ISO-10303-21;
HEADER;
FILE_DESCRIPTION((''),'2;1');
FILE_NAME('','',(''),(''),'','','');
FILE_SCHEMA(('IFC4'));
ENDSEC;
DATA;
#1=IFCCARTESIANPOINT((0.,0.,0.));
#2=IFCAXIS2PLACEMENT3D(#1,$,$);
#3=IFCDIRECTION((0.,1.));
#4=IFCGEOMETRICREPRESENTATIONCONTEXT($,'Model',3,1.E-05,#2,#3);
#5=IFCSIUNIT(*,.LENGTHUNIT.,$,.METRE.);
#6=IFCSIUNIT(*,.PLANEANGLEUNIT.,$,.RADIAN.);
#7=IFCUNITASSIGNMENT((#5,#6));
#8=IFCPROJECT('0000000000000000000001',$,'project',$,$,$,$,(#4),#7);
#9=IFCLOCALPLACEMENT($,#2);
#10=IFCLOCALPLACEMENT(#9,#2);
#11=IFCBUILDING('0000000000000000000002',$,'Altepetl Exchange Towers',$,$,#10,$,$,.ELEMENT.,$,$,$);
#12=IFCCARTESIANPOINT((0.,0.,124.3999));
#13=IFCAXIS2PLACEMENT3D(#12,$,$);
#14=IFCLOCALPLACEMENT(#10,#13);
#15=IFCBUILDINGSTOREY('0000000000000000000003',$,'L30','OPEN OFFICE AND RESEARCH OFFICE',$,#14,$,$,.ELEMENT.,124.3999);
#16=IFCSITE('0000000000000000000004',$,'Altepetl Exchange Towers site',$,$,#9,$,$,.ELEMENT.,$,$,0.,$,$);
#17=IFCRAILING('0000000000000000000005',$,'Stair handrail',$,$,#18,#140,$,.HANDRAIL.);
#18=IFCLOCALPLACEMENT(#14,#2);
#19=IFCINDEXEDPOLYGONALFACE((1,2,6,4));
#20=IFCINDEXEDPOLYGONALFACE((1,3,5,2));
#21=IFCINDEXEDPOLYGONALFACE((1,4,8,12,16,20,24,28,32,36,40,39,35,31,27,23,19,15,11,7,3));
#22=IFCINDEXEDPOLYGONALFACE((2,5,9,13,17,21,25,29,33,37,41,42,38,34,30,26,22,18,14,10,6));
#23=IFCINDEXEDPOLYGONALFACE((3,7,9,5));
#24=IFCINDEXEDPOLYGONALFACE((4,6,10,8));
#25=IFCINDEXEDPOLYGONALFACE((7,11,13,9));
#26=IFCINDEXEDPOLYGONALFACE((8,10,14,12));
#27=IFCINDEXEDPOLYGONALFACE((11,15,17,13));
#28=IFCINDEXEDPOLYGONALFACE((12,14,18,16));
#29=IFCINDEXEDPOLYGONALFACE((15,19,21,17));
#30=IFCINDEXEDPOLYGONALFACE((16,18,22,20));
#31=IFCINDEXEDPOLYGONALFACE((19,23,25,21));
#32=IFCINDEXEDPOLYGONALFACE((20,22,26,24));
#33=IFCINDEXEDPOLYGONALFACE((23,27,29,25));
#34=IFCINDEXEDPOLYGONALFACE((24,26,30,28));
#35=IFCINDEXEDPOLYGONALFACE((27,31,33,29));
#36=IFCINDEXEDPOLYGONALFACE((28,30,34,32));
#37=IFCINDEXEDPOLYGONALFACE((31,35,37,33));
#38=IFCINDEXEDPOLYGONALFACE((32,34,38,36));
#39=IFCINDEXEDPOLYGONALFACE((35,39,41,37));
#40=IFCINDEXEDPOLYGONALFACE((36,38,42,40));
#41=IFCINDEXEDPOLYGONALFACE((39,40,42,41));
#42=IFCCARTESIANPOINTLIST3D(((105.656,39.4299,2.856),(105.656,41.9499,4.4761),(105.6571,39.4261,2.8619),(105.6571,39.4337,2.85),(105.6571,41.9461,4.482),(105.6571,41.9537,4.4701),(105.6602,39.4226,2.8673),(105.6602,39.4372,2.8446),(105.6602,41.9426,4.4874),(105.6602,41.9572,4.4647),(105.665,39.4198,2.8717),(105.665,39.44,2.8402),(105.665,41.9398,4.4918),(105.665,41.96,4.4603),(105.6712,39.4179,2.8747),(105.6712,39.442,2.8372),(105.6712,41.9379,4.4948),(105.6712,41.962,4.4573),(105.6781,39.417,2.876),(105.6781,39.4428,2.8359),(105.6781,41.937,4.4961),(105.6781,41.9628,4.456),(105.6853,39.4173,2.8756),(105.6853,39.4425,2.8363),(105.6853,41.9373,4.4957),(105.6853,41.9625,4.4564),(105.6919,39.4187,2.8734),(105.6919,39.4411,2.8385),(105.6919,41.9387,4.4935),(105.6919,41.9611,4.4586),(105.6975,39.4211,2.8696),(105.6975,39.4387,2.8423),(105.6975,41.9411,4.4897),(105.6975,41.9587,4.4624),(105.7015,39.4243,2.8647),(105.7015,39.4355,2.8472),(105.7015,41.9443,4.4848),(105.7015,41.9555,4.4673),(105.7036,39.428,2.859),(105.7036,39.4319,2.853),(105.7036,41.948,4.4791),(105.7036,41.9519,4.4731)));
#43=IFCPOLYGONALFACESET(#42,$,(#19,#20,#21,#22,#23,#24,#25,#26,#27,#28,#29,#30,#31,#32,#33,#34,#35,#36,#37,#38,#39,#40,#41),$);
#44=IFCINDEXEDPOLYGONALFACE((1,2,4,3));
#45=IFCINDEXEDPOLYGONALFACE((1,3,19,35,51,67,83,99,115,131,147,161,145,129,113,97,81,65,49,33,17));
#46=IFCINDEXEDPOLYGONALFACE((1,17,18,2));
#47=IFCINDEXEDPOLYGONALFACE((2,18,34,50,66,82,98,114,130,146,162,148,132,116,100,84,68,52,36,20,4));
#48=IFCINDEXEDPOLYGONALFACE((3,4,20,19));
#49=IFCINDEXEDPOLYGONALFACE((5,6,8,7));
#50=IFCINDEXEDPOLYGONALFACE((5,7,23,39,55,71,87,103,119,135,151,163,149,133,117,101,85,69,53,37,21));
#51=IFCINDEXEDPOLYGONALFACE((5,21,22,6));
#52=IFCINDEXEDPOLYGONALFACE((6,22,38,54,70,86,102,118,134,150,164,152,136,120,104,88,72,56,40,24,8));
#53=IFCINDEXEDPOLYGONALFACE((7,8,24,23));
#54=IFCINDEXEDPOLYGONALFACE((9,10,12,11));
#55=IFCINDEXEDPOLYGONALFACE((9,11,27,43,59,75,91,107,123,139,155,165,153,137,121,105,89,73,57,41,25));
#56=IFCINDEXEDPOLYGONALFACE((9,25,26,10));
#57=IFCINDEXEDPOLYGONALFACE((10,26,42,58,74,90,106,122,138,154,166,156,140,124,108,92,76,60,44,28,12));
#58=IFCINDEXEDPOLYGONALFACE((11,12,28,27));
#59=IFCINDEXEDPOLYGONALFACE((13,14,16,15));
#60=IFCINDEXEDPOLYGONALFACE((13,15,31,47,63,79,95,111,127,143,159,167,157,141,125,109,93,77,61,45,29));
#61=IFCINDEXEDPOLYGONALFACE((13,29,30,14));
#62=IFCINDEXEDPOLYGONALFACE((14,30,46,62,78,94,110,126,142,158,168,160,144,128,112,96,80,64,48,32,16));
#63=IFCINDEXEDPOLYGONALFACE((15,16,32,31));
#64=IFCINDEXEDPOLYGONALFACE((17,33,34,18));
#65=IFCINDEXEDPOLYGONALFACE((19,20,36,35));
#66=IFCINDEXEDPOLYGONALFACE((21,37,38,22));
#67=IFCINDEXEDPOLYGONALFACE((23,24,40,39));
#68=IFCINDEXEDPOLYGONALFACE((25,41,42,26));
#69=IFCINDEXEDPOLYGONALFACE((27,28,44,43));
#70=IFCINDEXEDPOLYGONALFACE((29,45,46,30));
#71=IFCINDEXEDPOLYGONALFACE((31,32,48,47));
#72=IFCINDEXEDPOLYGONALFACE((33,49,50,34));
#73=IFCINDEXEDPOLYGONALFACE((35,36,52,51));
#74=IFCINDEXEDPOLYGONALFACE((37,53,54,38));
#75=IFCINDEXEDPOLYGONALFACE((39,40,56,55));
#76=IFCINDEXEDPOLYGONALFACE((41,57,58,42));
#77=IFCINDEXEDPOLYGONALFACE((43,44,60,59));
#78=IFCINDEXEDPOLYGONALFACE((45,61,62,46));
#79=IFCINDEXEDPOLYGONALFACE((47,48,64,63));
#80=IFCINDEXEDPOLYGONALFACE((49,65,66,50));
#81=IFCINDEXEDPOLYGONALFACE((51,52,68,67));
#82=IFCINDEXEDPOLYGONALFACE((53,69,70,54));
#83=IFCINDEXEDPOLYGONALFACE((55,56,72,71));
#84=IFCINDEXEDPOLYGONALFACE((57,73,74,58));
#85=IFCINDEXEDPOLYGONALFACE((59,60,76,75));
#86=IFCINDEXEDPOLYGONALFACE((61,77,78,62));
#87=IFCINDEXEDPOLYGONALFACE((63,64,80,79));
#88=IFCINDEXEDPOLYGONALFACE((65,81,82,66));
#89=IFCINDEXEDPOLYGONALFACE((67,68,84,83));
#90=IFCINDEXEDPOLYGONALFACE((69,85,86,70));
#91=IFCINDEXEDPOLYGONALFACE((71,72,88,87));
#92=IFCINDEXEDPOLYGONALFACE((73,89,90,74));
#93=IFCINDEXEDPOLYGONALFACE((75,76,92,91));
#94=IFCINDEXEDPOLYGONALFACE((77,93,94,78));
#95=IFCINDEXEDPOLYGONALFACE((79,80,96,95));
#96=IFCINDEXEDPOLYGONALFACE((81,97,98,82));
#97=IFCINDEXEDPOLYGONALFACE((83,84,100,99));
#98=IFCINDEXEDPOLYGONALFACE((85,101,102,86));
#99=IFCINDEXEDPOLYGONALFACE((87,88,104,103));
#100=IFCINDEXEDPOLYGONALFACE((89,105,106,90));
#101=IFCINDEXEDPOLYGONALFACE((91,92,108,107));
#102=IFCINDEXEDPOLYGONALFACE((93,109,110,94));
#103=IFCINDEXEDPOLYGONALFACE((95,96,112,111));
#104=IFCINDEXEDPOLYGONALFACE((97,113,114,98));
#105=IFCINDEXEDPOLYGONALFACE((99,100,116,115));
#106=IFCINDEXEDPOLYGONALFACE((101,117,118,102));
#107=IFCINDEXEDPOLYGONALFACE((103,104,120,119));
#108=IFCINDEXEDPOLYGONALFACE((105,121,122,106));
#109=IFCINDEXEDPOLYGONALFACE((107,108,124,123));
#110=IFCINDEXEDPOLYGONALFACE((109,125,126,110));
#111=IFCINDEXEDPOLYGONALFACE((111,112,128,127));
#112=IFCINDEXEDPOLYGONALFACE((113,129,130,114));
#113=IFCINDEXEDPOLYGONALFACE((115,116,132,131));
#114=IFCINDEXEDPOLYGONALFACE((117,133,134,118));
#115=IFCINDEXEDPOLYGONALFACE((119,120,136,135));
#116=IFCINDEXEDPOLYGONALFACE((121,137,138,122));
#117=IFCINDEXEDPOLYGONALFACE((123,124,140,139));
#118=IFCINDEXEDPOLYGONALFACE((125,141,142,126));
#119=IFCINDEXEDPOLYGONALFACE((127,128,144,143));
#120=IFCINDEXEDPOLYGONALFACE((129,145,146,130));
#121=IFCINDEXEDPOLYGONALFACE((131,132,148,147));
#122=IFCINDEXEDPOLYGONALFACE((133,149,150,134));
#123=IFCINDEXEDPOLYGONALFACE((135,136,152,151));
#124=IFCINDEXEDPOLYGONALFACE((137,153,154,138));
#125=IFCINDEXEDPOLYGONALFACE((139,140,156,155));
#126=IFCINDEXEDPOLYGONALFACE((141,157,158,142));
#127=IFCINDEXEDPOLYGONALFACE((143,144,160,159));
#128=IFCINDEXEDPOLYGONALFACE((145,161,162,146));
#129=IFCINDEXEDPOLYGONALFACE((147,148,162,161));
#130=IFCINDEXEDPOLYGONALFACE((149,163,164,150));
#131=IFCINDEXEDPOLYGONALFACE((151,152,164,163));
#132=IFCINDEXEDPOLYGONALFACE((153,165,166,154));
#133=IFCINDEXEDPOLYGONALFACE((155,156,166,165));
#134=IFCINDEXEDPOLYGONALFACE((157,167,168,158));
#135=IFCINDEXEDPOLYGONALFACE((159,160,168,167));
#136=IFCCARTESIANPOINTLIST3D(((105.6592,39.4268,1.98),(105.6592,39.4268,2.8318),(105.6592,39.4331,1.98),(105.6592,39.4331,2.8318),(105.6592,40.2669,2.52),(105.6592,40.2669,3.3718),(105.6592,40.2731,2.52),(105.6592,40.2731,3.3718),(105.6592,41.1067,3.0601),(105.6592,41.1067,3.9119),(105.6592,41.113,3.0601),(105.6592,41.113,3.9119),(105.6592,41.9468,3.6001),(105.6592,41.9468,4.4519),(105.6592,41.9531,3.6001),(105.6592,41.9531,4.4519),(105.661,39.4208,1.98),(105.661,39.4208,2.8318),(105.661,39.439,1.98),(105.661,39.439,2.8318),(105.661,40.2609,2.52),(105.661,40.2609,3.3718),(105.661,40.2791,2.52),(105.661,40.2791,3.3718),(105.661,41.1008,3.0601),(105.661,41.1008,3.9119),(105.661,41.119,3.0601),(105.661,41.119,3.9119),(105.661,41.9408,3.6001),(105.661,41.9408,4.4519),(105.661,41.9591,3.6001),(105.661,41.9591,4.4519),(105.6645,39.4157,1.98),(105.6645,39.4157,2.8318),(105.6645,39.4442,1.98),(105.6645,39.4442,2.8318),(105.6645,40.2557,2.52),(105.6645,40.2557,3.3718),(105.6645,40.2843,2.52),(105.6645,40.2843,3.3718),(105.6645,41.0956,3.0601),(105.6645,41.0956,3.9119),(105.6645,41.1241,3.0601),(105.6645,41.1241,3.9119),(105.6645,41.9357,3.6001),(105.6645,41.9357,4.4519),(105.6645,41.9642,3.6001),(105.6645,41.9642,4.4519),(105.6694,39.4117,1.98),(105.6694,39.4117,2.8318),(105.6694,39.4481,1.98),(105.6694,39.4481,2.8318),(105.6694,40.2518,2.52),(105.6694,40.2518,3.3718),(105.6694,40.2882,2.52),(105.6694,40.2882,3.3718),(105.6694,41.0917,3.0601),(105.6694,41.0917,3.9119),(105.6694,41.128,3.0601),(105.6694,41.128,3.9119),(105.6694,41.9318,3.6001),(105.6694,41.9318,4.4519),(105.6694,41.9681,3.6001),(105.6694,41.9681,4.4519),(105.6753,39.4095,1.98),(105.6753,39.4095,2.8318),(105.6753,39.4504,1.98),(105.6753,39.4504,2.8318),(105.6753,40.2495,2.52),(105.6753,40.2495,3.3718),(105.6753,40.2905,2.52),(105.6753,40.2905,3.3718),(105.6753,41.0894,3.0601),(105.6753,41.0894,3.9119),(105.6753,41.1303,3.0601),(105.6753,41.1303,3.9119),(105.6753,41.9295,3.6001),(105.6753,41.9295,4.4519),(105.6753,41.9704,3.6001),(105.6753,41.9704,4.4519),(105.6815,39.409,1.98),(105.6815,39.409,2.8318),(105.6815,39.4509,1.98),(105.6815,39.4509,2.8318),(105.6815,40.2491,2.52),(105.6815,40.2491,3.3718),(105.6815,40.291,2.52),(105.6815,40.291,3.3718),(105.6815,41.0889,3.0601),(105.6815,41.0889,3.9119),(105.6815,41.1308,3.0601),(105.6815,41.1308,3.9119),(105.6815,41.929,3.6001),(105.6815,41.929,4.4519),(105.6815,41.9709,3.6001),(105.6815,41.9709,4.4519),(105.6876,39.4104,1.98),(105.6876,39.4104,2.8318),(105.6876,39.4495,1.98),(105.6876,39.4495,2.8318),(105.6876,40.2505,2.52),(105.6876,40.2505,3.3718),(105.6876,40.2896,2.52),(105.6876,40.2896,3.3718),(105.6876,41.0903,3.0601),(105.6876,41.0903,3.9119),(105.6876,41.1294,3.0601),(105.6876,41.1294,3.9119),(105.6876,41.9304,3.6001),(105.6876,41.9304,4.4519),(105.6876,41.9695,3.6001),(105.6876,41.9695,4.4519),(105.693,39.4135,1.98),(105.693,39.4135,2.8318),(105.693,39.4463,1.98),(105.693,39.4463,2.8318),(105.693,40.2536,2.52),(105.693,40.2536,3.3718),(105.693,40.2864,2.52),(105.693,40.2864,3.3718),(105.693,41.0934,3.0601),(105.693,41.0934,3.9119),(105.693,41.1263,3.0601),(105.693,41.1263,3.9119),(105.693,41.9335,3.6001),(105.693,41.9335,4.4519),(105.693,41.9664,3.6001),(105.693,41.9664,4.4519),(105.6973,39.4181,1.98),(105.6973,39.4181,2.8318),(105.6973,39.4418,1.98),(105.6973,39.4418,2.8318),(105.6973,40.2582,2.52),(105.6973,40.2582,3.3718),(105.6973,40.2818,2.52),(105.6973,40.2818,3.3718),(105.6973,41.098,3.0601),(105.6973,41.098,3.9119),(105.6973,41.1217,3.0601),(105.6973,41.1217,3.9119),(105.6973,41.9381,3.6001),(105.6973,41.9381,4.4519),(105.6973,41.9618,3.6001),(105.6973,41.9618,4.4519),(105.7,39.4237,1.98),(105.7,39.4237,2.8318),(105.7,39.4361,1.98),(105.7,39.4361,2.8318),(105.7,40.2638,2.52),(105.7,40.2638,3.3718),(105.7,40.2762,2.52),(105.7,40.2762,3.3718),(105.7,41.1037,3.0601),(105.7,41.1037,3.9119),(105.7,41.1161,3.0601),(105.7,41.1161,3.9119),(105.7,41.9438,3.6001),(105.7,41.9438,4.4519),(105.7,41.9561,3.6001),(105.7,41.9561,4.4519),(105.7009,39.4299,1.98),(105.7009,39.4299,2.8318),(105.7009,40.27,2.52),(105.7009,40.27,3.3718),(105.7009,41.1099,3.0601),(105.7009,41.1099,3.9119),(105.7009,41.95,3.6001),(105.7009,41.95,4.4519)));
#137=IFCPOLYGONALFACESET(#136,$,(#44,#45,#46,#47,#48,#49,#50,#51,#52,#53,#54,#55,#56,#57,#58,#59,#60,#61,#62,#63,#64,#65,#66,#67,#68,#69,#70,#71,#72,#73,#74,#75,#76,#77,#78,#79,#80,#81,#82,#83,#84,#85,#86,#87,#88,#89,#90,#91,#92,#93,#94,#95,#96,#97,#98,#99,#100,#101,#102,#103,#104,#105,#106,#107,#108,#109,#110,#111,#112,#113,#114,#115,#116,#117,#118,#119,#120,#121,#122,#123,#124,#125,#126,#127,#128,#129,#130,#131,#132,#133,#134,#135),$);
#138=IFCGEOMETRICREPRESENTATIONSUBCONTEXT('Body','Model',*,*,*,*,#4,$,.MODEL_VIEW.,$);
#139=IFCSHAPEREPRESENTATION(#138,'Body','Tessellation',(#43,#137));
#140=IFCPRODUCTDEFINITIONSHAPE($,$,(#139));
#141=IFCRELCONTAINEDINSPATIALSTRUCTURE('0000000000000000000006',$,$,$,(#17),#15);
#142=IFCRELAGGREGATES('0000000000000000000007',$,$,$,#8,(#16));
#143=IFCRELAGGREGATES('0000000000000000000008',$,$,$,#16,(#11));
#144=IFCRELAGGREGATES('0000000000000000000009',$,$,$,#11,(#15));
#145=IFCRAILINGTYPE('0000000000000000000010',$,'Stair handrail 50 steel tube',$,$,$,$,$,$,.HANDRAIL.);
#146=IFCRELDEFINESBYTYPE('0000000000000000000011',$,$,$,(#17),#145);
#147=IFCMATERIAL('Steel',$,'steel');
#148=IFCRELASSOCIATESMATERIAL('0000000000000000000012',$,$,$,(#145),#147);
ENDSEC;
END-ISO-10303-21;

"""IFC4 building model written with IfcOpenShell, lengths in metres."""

from ifc_helpers import new_model, si_unit, direction, frame, origin, origin_2d, place, context, subcontext, project, spatial, circle, extrude, source, transform, mapped, material, type_object, element, save


model = new_model("IFC4")

# Units and contexts
model_context = context("Model", 3, precision=1e-05, world=origin(), true_north=direction((0.0, 1.0)))
body_context = subcontext(model_context, "Body", "Model", "MODEL_VIEW")
ifc_project = project(units=[si_unit("LENGTHUNIT", "METRE"), si_unit("PLANEANGLEUNIT", "RADIAN")], contexts=[model_context])

# Site, building, storey
site_placement = place(None, origin())
site = spatial("IfcSite", under=ifc_project, at=site_placement, Name="Altepetl Exchange Towers site", CompositionType="ELEMENT", RefElevation=0.0)
building_placement = place(site_placement, origin())
building = spatial("IfcBuilding", under=site, at=building_placement, Name="Altepetl Exchange Towers", CompositionType="ELEMENT")
storey_placement = place(building_placement, frame((0.0, 0.0, 124.3999)))
storey = spatial("IfcBuildingStorey", under=building, at=storey_placement, Name="L30", Description="OPEN OFFICE AND RESEARCH OFFICE", CompositionType="ELEMENT", Elevation=124.3999)

# Railing
ifc_material_1 = material(Name="Steel", Category="steel")
railing_type = type_object("IfcRailingType", Name="Stair handrail 50 steel tube", PredefinedType="HANDRAIL", material=ifc_material_1)
shared_shape = source(origin(), body_context, "Body", "SweptSolid", [
    extrude(circle(Radius=0.021, at=origin_2d()), origin(), (0.0, 0.0, 1.0), 0.8518),
])
railing_1_placement = place(storey_placement, frame((105.6799, 39.4299, 1.98)))
element("IfcRailing", 1, at=railing_1_placement, inside=storey, type_object=railing_type, Name="Stair handrail", PredefinedType="HANDRAIL", context=body_context, shape_type="SweptSolid", body=[
    extrude(circle(Radius=0.0239, at=origin_2d()), frame((0.0, 0.0, 0.876), z_axis=(0.0, 0.841163, 0.540782), x_axis=(-1.0, 0.0, 0.0)), (0.0, 0.0, 1.0), 2.9958),
    mapped(shared_shape, transform((0.0, 0.0, 0.0))),
    mapped(shared_shape, transform((0.0, 0.8401, 0.54))),
    mapped(shared_shape, transform((0.0, 1.6799, 1.0801))),
    mapped(shared_shape, transform((0.0, 2.52, 1.6201))),
])

save(model, "model.ifc")
